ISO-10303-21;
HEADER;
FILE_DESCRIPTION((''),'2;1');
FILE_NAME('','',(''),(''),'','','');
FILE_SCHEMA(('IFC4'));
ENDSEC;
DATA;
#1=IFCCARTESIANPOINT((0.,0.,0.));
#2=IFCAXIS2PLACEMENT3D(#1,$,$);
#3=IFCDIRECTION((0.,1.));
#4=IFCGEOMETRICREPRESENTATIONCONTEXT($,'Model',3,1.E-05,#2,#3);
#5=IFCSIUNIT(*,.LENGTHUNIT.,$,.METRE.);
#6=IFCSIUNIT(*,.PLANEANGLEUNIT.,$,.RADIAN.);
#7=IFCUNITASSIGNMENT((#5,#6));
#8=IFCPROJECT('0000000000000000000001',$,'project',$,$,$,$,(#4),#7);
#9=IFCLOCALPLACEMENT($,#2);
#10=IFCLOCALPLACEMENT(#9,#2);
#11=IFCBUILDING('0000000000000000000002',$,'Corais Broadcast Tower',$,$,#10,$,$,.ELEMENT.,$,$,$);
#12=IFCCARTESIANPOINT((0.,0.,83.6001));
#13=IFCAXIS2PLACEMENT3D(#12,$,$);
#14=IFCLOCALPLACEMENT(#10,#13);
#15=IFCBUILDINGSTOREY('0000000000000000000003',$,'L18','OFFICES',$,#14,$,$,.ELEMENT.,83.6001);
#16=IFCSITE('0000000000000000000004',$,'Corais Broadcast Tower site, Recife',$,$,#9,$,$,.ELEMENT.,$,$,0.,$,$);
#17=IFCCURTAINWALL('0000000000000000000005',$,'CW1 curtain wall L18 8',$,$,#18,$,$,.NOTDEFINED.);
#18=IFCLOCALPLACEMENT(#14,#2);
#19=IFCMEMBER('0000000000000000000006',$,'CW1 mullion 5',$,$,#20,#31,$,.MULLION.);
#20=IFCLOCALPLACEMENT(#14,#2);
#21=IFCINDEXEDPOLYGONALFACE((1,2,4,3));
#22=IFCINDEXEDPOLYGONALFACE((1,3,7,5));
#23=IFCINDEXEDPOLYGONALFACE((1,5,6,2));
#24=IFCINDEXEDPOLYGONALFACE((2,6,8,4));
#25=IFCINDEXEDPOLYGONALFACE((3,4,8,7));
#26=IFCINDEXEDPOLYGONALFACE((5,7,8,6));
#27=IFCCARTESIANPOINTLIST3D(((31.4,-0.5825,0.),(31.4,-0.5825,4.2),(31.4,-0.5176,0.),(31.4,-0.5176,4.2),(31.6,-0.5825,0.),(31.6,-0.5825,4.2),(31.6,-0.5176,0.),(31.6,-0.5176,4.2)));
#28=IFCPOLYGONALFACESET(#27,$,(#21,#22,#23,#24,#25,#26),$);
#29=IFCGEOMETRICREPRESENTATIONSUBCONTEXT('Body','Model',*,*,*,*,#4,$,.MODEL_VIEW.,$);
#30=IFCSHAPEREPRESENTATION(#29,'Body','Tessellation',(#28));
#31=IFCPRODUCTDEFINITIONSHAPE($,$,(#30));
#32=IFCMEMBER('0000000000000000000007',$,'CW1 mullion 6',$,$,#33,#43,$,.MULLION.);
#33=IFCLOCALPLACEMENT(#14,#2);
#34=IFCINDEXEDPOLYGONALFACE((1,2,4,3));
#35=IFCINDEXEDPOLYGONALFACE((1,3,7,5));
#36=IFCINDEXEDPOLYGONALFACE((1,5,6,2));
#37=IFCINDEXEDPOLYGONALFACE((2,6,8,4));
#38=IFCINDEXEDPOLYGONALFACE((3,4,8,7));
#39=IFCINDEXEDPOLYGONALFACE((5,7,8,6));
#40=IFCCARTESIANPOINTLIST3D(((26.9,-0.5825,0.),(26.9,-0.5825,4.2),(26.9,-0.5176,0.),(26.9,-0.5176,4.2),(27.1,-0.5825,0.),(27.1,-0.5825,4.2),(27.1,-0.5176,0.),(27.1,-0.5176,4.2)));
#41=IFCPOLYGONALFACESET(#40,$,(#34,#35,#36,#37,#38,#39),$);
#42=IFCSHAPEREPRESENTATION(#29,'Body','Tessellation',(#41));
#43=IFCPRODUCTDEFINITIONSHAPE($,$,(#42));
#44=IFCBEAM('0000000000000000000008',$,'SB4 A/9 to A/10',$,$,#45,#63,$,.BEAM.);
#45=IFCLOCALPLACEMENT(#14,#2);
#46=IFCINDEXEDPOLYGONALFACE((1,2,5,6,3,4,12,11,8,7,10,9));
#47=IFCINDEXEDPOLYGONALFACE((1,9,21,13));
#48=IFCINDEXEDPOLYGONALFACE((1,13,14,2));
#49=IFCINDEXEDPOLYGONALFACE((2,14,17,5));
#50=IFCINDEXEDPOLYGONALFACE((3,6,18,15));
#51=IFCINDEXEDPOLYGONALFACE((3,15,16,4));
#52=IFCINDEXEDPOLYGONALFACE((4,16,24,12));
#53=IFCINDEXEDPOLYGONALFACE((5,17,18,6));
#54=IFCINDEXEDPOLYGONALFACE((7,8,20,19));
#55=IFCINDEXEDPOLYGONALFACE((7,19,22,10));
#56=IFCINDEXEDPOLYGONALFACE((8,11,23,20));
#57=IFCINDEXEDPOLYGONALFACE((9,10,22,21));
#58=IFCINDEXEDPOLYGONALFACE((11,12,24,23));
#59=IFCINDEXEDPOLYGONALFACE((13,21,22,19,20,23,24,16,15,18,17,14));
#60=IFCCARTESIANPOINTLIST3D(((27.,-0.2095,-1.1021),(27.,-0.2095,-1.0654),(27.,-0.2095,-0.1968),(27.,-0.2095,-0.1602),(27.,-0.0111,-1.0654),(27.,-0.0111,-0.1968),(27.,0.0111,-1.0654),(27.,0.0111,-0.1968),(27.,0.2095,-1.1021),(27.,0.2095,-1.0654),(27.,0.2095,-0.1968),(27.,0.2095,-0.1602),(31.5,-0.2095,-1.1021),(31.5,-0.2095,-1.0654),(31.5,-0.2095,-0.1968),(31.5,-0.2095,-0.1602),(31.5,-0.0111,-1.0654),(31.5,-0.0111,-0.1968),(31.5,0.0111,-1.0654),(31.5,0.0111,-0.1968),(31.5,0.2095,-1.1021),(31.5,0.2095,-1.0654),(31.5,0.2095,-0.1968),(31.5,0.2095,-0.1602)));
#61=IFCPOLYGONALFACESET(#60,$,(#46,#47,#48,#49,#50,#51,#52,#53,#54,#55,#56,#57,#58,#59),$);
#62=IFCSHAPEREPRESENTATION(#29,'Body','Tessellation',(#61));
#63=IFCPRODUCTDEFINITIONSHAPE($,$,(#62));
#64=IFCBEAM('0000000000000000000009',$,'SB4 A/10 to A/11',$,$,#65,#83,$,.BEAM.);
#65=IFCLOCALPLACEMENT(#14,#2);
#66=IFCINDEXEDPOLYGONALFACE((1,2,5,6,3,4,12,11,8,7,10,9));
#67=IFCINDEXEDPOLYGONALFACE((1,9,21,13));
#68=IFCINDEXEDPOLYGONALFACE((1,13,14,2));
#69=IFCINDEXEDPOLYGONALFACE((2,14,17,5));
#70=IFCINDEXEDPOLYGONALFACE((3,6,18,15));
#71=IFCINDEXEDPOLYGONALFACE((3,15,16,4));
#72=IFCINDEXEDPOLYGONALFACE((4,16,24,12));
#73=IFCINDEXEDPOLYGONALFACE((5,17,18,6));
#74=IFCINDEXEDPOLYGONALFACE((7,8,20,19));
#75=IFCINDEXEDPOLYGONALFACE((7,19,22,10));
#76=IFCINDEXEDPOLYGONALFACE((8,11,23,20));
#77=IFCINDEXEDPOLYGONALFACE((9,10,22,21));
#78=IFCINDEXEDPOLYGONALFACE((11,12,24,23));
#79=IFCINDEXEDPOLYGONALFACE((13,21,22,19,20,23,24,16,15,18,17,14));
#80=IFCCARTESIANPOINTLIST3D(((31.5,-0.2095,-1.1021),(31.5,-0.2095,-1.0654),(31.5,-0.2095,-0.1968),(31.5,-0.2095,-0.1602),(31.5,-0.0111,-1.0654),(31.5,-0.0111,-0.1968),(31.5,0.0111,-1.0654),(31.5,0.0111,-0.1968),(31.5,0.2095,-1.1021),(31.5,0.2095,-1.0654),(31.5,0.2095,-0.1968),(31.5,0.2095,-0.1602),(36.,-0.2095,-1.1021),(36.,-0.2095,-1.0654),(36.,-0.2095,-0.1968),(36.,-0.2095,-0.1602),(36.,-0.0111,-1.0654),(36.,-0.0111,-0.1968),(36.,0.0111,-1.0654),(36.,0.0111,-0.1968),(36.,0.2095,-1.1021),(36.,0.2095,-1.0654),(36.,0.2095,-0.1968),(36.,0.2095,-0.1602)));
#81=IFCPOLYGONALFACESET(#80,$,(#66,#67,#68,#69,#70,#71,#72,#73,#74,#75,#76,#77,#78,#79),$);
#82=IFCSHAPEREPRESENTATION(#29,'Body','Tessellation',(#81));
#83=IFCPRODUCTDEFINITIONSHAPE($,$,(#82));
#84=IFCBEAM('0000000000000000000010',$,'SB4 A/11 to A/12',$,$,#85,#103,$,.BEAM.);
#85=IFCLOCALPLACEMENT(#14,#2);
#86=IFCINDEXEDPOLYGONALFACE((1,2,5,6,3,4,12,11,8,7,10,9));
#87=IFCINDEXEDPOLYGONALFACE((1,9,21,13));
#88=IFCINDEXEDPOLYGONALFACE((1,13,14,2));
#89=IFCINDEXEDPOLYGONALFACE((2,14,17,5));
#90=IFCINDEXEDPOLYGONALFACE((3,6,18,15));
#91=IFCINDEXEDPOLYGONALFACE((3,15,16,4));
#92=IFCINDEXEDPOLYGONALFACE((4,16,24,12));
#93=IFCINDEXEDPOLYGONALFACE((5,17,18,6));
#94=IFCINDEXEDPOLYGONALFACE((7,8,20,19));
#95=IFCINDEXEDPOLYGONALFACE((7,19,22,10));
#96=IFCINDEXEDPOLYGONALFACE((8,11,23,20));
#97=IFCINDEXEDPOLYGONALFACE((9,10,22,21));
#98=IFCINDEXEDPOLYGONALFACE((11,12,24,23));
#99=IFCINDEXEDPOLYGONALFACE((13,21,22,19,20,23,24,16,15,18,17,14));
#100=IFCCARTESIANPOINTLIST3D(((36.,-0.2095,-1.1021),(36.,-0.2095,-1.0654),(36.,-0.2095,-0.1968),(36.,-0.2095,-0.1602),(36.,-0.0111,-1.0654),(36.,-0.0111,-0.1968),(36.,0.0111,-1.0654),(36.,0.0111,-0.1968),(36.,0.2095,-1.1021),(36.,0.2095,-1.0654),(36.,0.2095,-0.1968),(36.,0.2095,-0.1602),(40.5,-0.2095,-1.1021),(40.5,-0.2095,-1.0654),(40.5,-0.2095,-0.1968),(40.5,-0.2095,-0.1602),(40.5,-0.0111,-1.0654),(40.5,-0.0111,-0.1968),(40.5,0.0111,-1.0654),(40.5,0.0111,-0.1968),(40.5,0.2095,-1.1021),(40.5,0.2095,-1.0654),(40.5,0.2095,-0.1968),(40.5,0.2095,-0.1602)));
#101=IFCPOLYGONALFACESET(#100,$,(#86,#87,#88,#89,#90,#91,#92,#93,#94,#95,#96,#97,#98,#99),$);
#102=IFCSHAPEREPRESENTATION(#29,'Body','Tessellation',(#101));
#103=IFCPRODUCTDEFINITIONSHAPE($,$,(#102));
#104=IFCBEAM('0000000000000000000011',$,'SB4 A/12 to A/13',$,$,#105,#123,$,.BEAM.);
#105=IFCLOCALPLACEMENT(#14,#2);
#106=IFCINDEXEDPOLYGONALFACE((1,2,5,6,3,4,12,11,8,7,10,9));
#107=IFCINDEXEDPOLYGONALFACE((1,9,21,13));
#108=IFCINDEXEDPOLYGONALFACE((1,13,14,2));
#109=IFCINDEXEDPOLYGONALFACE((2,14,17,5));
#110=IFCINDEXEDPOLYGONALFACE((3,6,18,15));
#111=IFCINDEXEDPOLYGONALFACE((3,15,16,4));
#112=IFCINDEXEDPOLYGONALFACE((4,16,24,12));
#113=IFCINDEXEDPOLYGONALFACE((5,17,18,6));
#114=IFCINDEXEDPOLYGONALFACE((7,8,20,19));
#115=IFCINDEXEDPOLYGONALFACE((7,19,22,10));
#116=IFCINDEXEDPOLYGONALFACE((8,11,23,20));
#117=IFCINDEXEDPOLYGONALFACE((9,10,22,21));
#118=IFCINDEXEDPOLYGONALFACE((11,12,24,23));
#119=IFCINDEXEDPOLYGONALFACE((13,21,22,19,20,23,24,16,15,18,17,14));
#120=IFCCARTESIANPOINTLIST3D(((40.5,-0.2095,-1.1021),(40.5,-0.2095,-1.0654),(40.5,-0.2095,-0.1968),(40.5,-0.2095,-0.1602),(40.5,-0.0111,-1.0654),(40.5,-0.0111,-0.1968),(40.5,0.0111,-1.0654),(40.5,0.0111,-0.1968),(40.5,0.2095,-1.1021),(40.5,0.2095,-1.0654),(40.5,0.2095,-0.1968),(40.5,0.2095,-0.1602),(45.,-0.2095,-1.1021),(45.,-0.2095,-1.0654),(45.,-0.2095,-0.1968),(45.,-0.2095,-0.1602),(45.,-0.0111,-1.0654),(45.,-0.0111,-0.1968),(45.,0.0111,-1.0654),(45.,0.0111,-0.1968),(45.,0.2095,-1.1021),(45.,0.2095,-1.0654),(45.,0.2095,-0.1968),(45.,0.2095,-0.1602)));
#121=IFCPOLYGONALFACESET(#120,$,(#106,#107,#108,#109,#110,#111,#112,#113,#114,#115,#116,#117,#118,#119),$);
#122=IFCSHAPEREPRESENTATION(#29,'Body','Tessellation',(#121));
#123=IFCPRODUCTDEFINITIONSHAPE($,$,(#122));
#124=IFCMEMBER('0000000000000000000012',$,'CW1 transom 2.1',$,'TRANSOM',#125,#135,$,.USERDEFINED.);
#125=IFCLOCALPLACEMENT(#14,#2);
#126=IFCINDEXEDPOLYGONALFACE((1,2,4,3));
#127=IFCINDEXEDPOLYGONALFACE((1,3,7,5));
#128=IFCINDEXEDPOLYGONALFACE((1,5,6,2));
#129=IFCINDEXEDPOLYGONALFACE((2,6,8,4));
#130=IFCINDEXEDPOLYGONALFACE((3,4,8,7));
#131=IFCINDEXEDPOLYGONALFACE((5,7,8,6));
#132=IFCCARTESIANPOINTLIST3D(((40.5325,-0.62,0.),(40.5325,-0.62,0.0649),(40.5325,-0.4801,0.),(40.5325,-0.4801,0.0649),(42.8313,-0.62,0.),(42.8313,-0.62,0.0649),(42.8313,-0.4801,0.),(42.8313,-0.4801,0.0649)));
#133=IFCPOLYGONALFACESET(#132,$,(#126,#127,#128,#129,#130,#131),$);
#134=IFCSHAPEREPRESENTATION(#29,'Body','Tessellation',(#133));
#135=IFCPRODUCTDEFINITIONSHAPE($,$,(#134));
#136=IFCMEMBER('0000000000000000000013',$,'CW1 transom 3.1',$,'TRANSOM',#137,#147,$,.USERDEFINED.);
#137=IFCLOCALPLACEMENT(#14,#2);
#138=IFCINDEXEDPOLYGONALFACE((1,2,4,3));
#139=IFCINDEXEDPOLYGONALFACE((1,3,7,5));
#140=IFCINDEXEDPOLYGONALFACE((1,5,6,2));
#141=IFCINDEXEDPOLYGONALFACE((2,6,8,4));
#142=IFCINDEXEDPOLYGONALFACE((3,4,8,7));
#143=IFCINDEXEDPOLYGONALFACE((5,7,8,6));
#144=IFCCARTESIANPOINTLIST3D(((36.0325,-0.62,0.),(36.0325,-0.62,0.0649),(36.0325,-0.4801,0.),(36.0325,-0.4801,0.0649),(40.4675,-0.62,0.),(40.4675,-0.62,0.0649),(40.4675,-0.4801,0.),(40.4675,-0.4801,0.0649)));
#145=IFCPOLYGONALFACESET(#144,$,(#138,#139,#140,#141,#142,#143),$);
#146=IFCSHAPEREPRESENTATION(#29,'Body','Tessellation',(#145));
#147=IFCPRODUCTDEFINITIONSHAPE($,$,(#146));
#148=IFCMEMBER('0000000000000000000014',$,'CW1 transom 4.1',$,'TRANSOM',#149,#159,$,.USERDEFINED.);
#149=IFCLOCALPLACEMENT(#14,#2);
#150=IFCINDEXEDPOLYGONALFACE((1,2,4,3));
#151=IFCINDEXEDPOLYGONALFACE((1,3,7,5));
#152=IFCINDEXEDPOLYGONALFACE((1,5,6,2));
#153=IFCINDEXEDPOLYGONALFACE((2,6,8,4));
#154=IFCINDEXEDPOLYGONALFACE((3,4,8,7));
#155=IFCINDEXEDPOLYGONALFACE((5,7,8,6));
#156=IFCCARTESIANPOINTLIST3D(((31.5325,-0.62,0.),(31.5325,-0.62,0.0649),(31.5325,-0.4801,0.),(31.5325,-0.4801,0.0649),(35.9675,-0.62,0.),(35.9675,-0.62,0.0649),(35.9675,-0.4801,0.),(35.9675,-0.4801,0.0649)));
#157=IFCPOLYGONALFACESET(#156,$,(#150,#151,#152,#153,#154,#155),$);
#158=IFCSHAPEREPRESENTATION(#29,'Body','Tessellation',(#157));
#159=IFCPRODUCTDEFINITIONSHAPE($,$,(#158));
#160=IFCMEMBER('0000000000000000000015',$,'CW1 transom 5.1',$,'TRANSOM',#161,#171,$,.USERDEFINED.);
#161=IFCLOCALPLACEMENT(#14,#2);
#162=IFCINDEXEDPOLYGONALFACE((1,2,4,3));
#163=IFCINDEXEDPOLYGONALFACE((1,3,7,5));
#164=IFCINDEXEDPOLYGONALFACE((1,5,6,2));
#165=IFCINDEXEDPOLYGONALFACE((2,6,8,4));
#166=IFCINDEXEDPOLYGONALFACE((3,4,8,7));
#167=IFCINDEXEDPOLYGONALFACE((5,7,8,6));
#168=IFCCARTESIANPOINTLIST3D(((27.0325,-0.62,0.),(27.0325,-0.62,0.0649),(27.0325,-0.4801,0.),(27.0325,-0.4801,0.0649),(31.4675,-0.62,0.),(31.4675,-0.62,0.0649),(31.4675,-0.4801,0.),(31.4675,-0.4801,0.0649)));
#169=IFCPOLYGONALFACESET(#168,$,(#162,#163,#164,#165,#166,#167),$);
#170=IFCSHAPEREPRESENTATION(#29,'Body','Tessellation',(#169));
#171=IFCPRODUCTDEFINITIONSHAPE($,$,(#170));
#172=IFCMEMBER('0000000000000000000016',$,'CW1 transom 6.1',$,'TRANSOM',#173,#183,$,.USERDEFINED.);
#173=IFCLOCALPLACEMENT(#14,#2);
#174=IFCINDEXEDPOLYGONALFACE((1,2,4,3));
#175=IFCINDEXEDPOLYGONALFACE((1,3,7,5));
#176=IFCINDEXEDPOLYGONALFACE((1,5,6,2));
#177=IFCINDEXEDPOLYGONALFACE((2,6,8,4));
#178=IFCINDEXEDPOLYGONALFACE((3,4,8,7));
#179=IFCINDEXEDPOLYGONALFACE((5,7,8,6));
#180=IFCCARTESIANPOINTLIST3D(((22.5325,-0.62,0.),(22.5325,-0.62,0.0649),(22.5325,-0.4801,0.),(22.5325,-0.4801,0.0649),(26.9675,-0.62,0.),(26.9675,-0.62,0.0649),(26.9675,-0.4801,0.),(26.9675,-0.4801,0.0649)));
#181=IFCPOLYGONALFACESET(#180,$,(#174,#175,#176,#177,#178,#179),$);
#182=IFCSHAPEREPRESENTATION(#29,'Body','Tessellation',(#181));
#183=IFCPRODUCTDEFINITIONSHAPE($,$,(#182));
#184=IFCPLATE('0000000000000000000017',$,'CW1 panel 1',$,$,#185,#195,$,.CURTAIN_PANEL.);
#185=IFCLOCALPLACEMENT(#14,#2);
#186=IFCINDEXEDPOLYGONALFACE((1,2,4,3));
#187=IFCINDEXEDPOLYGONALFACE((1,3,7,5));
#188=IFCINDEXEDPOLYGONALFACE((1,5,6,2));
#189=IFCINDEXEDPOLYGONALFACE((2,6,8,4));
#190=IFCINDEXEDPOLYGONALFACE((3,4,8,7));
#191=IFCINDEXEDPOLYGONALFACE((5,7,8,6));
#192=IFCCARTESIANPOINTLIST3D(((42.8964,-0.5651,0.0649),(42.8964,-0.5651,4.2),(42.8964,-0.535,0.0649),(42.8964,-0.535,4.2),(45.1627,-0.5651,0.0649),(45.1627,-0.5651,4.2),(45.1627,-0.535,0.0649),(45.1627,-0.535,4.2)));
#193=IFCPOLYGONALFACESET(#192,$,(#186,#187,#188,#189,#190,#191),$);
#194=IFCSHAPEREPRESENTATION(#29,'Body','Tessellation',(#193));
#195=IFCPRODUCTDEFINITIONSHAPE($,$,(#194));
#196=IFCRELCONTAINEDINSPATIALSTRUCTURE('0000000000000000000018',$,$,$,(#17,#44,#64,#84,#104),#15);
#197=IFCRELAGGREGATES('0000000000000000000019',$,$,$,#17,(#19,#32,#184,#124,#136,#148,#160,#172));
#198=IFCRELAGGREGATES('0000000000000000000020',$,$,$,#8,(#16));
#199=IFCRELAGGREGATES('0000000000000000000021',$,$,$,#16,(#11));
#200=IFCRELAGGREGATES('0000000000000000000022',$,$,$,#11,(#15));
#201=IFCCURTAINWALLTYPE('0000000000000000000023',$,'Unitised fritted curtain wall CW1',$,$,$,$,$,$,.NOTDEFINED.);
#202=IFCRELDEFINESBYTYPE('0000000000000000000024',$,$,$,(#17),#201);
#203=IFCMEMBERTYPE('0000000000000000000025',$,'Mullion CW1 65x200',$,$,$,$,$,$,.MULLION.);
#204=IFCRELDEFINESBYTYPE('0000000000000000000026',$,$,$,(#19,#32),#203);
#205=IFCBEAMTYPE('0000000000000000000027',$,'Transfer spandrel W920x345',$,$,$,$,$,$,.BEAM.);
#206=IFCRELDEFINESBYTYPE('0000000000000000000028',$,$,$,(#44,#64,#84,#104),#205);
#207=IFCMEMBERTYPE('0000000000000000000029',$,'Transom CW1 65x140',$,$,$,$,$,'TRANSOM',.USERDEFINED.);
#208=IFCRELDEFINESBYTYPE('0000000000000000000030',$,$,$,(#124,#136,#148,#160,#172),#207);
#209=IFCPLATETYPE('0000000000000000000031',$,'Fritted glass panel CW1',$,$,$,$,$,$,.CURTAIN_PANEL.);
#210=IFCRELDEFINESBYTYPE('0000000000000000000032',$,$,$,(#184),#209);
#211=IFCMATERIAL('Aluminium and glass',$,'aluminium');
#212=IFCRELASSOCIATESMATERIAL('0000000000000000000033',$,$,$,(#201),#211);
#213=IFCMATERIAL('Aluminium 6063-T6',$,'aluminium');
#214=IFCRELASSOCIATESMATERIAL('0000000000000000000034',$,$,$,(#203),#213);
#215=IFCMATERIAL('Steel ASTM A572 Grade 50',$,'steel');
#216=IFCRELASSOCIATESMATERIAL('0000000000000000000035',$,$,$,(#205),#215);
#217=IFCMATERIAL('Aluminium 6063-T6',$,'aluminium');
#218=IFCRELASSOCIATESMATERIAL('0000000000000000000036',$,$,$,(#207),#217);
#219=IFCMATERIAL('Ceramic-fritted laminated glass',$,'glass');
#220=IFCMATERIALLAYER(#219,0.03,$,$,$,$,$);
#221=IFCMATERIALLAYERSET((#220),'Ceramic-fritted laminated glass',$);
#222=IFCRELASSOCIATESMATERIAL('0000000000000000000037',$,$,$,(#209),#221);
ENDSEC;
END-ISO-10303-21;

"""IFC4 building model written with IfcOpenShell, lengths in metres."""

from ifc_helpers import new_model, si_unit, direction, frame, origin, origin_2d, place, context, subcontext, project, spatial, rectangle, i_section, extrude, material, layer, layer_set, material_profile, profile_set, type_object, element, aggregate, save


model = new_model("IFC4")

# Units and contexts
model_context = context("Model", 3, precision=1e-05, world=origin(), true_north=direction((0.0, 1.0)))
body_context = subcontext(model_context, "Body", "Model", "MODEL_VIEW")
ifc_project = project(units=[si_unit("LENGTHUNIT", "METRE"), si_unit("PLANEANGLEUNIT", "RADIAN")], contexts=[model_context])

# Site, building, storey
site_placement = place(None, origin())
site = spatial("IfcSite", under=ifc_project, at=site_placement, Name="Corais Broadcast Tower site, Recife", CompositionType="ELEMENT", RefElevation=0.0)
building_placement = place(site_placement, origin())
building = spatial("IfcBuilding", under=site, at=building_placement, Name="Corais Broadcast Tower", CompositionType="ELEMENT")
storey_placement = place(building_placement, frame((0.0, 0.0, 83.6001)))
storey = spatial("IfcBuildingStorey", under=building, at=storey_placement, Name="L18", Description="OFFICES", CompositionType="ELEMENT", Elevation=83.6001)

# Curtain wall, members
ifc_material_1 = material(Name="Aluminium and glass", Category="aluminium")
curtain_wall_type = type_object("IfcCurtainWallType", Name="Unitised fritted curtain wall CW1", PredefinedType="NOTDEFINED", material=ifc_material_1)
curtain_wall_placement = place(storey_placement, origin())
curtain_wall = element("IfcCurtainWall", 1, at=curtain_wall_placement, inside=storey, type_object=curtain_wall_type, Name="CW1 curtain wall L18 8", PredefinedType="NOTDEFINED")
ifc_material_2 = material(Name="Aluminium 6063-T6", Category="aluminium")
ifc_material_profile_1 = material_profile(ifc_material_2, rectangle(XDim=0.0649, YDim=0.2, at=origin_2d()), Name="Mullion CW1 65x200")
ifc_profile_set_1 = profile_set([ifc_material_profile_1], Name="Aluminium 6063-T6")
member_type_1 = type_object("IfcMemberType", Name="Mullion CW1 65x200", PredefinedType="MULLION", material=ifc_profile_set_1)
member_1_placement = place(storey_placement, frame((31.5, -0.55, 0.0), z_axis=(0.0, 0.0, 1.0), x_axis=(0.0, -1.0, 0.0)))
member_1 = element("IfcMember", 2, at=member_1_placement, type_object=member_type_1, Name="CW1 mullion 5", PredefinedType="MULLION", context=body_context, shape_type="SweptSolid", body=[
    extrude(rectangle(XDim=0.0649, YDim=0.2, at=origin_2d()), origin(), (0.0, 0.0, 1.0), 4.2),
])
member_2_placement = place(storey_placement, frame((27.0, -0.55, 0.0), z_axis=(0.0, 0.0, 1.0), x_axis=(0.0, -1.0, 0.0)))
member_2 = element("IfcMember", 3, at=member_2_placement, type_object=member_type_1, Name="CW1 mullion 6", PredefinedType="MULLION", context=body_context, shape_type="SweptSolid", body=[
    extrude(rectangle(XDim=0.0649, YDim=0.2, at=origin_2d()), origin(), (0.0, 0.0, 1.0), 4.2),
])

# Beams
ifc_material_3 = material(Name="Steel ASTM A572 Grade 50", Category="steel")
ifc_material_profile_2 = material_profile(ifc_material_3, i_section(OverallWidth=0.4189, OverallDepth=0.9419, WebThickness=0.0222, FlangeThickness=0.0366, at=origin_2d()), Name="W920x345")
ifc_profile_set_2 = profile_set([ifc_material_profile_2], Name="Steel ASTM A572 Grade 50")
beam_type_1 = type_object("IfcBeamType", Name="Transfer spandrel W920x345", PredefinedType="BEAM", material=ifc_profile_set_2)
for number, where, z_axis, x_axis, name in (
    (4, (27.0, 0.0, -0.6311), (1.0, 0.0, 0.0), (0.0, 1.0, 0.0), "SB4 A/9 to A/10"),
    (5, (31.5, 0.0, -0.6311), (1.0, 0.0, 0.0), (0.0, 1.0, 0.0), "SB4 A/10 to A/11"),
    (6, (36.0, 0.0, -0.6311), (1.0, 0.0, 0.0), (0.0, 1.0, 0.0), "SB4 A/11 to A/12"),
    (7, (40.5, 0.0, -0.6311), (1.0, 0.0, 0.0), (0.0, 1.0, 0.0), "SB4 A/12 to A/13"),
):
    element("IfcBeam", number, at=place(storey_placement, frame(where, z_axis=z_axis, x_axis=x_axis)), inside=storey, type_object=beam_type_1, Name=name, PredefinedType="BEAM", context=body_context, shape_type="SweptSolid", body=[
        extrude(i_section(OverallWidth=0.4189, OverallDepth=0.9419, WebThickness=0.0222, FlangeThickness=0.0366, at=origin_2d()), origin(), (0.0, 0.0, 1.0), 4.5),
    ])

# Members
ifc_material_4 = material(Name="Aluminium 6063-T6", Category="aluminium")
ifc_material_profile_3 = material_profile(ifc_material_4, rectangle(XDim=0.1399, YDim=0.0649, at=origin_2d()), Name="Transom CW1 65x140")
ifc_profile_set_3 = profile_set([ifc_material_profile_3], Name="Aluminium 6063-T6")
member_type_2 = type_object("IfcMemberType", Name="Transom CW1 65x140", ElementType="TRANSOM", PredefinedType="USERDEFINED", material=ifc_profile_set_3)
member_3_placement = place(storey_placement, frame((42.8313, -0.55, 0.0325), z_axis=(-1.0, 0.0, 0.0), x_axis=(0.0, -1.0, 0.0)))
member_3 = element("IfcMember", 8, at=member_3_placement, type_object=member_type_2, Name="CW1 transom 2.1", ObjectType="TRANSOM", PredefinedType="USERDEFINED", context=body_context, shape_type="SweptSolid", body=[
    extrude(rectangle(XDim=0.1399, YDim=0.0649, at=origin_2d()), origin(), (0.0, 0.0, 1.0), 2.2988),
])
member_4_placement = place(storey_placement, frame((40.4675, -0.55, 0.0325), z_axis=(-1.0, 0.0, 0.0), x_axis=(0.0, -1.0, 0.0)))
member_4 = element("IfcMember", 9, at=member_4_placement, type_object=member_type_2, Name="CW1 transom 3.1", ObjectType="TRANSOM", PredefinedType="USERDEFINED", context=body_context, shape_type="SweptSolid", body=[
    extrude(rectangle(XDim=0.1399, YDim=0.0649, at=origin_2d()), origin(), (0.0, 0.0, 1.0), 4.4351),
])
member_5_placement = place(storey_placement, frame((35.9675, -0.55, 0.0325), z_axis=(-1.0, 0.0, 0.0), x_axis=(0.0, -1.0, 0.0)))
member_5 = element("IfcMember", 10, at=member_5_placement, type_object=member_type_2, Name="CW1 transom 4.1", ObjectType="TRANSOM", PredefinedType="USERDEFINED", context=body_context, shape_type="SweptSolid", body=[
    extrude(rectangle(XDim=0.1399, YDim=0.0649, at=origin_2d()), origin(), (0.0, 0.0, 1.0), 4.4351),
])
member_6_placement = place(storey_placement, frame((31.4675, -0.55, 0.0325), z_axis=(-1.0, 0.0, 0.0), x_axis=(0.0, -1.0, 0.0)))
member_6 = element("IfcMember", 11, at=member_6_placement, type_object=member_type_2, Name="CW1 transom 5.1", ObjectType="TRANSOM", PredefinedType="USERDEFINED", context=body_context, shape_type="SweptSolid", body=[
    extrude(rectangle(XDim=0.1399, YDim=0.0649, at=origin_2d()), origin(), (0.0, 0.0, 1.0), 4.4351),
])
member_7_placement = place(storey_placement, frame((26.9675, -0.55, 0.0325), z_axis=(-1.0, 0.0, 0.0), x_axis=(0.0, -1.0, 0.0)))
member_7 = element("IfcMember", 12, at=member_7_placement, type_object=member_type_2, Name="CW1 transom 6.1", ObjectType="TRANSOM", PredefinedType="USERDEFINED", context=body_context, shape_type="SweptSolid", body=[
    extrude(rectangle(XDim=0.1399, YDim=0.0649, at=origin_2d()), origin(), (0.0, 0.0, 1.0), 4.4351),
])

# Plate
ifc_material_5 = material(Name="Ceramic-fritted laminated glass", Category="glass")
ifc_layer_1 = layer(ifc_material_5, 0.03)
ifc_layer_set_1 = layer_set([ifc_layer_1], Name="Ceramic-fritted laminated glass")
plate_type_1 = type_object("IfcPlateType", Name="Fritted glass panel CW1", PredefinedType="CURTAIN_PANEL", material=ifc_layer_set_1)
plate_1_placement = place(storey_placement, frame((44.0295, -0.55, 0.0649), z_axis=(0.0, 0.0, 1.0), x_axis=(-1.0, 0.0, 0.0)))
plate_1 = element("IfcPlate", 13, at=plate_1_placement, type_object=plate_type_1, Name="CW1 panel 1", PredefinedType="CURTAIN_PANEL", context=body_context, shape_type="SweptSolid", body=[
    extrude(rectangle(XDim=2.2664, YDim=0.03, at=origin_2d()), origin(), (0.0, 0.0, 1.0), 4.135),
])
aggregate(curtain_wall, [member_1, member_2, plate_1, member_3, member_4, member_5, member_6, member_7])

save(model, "model.ifc")
